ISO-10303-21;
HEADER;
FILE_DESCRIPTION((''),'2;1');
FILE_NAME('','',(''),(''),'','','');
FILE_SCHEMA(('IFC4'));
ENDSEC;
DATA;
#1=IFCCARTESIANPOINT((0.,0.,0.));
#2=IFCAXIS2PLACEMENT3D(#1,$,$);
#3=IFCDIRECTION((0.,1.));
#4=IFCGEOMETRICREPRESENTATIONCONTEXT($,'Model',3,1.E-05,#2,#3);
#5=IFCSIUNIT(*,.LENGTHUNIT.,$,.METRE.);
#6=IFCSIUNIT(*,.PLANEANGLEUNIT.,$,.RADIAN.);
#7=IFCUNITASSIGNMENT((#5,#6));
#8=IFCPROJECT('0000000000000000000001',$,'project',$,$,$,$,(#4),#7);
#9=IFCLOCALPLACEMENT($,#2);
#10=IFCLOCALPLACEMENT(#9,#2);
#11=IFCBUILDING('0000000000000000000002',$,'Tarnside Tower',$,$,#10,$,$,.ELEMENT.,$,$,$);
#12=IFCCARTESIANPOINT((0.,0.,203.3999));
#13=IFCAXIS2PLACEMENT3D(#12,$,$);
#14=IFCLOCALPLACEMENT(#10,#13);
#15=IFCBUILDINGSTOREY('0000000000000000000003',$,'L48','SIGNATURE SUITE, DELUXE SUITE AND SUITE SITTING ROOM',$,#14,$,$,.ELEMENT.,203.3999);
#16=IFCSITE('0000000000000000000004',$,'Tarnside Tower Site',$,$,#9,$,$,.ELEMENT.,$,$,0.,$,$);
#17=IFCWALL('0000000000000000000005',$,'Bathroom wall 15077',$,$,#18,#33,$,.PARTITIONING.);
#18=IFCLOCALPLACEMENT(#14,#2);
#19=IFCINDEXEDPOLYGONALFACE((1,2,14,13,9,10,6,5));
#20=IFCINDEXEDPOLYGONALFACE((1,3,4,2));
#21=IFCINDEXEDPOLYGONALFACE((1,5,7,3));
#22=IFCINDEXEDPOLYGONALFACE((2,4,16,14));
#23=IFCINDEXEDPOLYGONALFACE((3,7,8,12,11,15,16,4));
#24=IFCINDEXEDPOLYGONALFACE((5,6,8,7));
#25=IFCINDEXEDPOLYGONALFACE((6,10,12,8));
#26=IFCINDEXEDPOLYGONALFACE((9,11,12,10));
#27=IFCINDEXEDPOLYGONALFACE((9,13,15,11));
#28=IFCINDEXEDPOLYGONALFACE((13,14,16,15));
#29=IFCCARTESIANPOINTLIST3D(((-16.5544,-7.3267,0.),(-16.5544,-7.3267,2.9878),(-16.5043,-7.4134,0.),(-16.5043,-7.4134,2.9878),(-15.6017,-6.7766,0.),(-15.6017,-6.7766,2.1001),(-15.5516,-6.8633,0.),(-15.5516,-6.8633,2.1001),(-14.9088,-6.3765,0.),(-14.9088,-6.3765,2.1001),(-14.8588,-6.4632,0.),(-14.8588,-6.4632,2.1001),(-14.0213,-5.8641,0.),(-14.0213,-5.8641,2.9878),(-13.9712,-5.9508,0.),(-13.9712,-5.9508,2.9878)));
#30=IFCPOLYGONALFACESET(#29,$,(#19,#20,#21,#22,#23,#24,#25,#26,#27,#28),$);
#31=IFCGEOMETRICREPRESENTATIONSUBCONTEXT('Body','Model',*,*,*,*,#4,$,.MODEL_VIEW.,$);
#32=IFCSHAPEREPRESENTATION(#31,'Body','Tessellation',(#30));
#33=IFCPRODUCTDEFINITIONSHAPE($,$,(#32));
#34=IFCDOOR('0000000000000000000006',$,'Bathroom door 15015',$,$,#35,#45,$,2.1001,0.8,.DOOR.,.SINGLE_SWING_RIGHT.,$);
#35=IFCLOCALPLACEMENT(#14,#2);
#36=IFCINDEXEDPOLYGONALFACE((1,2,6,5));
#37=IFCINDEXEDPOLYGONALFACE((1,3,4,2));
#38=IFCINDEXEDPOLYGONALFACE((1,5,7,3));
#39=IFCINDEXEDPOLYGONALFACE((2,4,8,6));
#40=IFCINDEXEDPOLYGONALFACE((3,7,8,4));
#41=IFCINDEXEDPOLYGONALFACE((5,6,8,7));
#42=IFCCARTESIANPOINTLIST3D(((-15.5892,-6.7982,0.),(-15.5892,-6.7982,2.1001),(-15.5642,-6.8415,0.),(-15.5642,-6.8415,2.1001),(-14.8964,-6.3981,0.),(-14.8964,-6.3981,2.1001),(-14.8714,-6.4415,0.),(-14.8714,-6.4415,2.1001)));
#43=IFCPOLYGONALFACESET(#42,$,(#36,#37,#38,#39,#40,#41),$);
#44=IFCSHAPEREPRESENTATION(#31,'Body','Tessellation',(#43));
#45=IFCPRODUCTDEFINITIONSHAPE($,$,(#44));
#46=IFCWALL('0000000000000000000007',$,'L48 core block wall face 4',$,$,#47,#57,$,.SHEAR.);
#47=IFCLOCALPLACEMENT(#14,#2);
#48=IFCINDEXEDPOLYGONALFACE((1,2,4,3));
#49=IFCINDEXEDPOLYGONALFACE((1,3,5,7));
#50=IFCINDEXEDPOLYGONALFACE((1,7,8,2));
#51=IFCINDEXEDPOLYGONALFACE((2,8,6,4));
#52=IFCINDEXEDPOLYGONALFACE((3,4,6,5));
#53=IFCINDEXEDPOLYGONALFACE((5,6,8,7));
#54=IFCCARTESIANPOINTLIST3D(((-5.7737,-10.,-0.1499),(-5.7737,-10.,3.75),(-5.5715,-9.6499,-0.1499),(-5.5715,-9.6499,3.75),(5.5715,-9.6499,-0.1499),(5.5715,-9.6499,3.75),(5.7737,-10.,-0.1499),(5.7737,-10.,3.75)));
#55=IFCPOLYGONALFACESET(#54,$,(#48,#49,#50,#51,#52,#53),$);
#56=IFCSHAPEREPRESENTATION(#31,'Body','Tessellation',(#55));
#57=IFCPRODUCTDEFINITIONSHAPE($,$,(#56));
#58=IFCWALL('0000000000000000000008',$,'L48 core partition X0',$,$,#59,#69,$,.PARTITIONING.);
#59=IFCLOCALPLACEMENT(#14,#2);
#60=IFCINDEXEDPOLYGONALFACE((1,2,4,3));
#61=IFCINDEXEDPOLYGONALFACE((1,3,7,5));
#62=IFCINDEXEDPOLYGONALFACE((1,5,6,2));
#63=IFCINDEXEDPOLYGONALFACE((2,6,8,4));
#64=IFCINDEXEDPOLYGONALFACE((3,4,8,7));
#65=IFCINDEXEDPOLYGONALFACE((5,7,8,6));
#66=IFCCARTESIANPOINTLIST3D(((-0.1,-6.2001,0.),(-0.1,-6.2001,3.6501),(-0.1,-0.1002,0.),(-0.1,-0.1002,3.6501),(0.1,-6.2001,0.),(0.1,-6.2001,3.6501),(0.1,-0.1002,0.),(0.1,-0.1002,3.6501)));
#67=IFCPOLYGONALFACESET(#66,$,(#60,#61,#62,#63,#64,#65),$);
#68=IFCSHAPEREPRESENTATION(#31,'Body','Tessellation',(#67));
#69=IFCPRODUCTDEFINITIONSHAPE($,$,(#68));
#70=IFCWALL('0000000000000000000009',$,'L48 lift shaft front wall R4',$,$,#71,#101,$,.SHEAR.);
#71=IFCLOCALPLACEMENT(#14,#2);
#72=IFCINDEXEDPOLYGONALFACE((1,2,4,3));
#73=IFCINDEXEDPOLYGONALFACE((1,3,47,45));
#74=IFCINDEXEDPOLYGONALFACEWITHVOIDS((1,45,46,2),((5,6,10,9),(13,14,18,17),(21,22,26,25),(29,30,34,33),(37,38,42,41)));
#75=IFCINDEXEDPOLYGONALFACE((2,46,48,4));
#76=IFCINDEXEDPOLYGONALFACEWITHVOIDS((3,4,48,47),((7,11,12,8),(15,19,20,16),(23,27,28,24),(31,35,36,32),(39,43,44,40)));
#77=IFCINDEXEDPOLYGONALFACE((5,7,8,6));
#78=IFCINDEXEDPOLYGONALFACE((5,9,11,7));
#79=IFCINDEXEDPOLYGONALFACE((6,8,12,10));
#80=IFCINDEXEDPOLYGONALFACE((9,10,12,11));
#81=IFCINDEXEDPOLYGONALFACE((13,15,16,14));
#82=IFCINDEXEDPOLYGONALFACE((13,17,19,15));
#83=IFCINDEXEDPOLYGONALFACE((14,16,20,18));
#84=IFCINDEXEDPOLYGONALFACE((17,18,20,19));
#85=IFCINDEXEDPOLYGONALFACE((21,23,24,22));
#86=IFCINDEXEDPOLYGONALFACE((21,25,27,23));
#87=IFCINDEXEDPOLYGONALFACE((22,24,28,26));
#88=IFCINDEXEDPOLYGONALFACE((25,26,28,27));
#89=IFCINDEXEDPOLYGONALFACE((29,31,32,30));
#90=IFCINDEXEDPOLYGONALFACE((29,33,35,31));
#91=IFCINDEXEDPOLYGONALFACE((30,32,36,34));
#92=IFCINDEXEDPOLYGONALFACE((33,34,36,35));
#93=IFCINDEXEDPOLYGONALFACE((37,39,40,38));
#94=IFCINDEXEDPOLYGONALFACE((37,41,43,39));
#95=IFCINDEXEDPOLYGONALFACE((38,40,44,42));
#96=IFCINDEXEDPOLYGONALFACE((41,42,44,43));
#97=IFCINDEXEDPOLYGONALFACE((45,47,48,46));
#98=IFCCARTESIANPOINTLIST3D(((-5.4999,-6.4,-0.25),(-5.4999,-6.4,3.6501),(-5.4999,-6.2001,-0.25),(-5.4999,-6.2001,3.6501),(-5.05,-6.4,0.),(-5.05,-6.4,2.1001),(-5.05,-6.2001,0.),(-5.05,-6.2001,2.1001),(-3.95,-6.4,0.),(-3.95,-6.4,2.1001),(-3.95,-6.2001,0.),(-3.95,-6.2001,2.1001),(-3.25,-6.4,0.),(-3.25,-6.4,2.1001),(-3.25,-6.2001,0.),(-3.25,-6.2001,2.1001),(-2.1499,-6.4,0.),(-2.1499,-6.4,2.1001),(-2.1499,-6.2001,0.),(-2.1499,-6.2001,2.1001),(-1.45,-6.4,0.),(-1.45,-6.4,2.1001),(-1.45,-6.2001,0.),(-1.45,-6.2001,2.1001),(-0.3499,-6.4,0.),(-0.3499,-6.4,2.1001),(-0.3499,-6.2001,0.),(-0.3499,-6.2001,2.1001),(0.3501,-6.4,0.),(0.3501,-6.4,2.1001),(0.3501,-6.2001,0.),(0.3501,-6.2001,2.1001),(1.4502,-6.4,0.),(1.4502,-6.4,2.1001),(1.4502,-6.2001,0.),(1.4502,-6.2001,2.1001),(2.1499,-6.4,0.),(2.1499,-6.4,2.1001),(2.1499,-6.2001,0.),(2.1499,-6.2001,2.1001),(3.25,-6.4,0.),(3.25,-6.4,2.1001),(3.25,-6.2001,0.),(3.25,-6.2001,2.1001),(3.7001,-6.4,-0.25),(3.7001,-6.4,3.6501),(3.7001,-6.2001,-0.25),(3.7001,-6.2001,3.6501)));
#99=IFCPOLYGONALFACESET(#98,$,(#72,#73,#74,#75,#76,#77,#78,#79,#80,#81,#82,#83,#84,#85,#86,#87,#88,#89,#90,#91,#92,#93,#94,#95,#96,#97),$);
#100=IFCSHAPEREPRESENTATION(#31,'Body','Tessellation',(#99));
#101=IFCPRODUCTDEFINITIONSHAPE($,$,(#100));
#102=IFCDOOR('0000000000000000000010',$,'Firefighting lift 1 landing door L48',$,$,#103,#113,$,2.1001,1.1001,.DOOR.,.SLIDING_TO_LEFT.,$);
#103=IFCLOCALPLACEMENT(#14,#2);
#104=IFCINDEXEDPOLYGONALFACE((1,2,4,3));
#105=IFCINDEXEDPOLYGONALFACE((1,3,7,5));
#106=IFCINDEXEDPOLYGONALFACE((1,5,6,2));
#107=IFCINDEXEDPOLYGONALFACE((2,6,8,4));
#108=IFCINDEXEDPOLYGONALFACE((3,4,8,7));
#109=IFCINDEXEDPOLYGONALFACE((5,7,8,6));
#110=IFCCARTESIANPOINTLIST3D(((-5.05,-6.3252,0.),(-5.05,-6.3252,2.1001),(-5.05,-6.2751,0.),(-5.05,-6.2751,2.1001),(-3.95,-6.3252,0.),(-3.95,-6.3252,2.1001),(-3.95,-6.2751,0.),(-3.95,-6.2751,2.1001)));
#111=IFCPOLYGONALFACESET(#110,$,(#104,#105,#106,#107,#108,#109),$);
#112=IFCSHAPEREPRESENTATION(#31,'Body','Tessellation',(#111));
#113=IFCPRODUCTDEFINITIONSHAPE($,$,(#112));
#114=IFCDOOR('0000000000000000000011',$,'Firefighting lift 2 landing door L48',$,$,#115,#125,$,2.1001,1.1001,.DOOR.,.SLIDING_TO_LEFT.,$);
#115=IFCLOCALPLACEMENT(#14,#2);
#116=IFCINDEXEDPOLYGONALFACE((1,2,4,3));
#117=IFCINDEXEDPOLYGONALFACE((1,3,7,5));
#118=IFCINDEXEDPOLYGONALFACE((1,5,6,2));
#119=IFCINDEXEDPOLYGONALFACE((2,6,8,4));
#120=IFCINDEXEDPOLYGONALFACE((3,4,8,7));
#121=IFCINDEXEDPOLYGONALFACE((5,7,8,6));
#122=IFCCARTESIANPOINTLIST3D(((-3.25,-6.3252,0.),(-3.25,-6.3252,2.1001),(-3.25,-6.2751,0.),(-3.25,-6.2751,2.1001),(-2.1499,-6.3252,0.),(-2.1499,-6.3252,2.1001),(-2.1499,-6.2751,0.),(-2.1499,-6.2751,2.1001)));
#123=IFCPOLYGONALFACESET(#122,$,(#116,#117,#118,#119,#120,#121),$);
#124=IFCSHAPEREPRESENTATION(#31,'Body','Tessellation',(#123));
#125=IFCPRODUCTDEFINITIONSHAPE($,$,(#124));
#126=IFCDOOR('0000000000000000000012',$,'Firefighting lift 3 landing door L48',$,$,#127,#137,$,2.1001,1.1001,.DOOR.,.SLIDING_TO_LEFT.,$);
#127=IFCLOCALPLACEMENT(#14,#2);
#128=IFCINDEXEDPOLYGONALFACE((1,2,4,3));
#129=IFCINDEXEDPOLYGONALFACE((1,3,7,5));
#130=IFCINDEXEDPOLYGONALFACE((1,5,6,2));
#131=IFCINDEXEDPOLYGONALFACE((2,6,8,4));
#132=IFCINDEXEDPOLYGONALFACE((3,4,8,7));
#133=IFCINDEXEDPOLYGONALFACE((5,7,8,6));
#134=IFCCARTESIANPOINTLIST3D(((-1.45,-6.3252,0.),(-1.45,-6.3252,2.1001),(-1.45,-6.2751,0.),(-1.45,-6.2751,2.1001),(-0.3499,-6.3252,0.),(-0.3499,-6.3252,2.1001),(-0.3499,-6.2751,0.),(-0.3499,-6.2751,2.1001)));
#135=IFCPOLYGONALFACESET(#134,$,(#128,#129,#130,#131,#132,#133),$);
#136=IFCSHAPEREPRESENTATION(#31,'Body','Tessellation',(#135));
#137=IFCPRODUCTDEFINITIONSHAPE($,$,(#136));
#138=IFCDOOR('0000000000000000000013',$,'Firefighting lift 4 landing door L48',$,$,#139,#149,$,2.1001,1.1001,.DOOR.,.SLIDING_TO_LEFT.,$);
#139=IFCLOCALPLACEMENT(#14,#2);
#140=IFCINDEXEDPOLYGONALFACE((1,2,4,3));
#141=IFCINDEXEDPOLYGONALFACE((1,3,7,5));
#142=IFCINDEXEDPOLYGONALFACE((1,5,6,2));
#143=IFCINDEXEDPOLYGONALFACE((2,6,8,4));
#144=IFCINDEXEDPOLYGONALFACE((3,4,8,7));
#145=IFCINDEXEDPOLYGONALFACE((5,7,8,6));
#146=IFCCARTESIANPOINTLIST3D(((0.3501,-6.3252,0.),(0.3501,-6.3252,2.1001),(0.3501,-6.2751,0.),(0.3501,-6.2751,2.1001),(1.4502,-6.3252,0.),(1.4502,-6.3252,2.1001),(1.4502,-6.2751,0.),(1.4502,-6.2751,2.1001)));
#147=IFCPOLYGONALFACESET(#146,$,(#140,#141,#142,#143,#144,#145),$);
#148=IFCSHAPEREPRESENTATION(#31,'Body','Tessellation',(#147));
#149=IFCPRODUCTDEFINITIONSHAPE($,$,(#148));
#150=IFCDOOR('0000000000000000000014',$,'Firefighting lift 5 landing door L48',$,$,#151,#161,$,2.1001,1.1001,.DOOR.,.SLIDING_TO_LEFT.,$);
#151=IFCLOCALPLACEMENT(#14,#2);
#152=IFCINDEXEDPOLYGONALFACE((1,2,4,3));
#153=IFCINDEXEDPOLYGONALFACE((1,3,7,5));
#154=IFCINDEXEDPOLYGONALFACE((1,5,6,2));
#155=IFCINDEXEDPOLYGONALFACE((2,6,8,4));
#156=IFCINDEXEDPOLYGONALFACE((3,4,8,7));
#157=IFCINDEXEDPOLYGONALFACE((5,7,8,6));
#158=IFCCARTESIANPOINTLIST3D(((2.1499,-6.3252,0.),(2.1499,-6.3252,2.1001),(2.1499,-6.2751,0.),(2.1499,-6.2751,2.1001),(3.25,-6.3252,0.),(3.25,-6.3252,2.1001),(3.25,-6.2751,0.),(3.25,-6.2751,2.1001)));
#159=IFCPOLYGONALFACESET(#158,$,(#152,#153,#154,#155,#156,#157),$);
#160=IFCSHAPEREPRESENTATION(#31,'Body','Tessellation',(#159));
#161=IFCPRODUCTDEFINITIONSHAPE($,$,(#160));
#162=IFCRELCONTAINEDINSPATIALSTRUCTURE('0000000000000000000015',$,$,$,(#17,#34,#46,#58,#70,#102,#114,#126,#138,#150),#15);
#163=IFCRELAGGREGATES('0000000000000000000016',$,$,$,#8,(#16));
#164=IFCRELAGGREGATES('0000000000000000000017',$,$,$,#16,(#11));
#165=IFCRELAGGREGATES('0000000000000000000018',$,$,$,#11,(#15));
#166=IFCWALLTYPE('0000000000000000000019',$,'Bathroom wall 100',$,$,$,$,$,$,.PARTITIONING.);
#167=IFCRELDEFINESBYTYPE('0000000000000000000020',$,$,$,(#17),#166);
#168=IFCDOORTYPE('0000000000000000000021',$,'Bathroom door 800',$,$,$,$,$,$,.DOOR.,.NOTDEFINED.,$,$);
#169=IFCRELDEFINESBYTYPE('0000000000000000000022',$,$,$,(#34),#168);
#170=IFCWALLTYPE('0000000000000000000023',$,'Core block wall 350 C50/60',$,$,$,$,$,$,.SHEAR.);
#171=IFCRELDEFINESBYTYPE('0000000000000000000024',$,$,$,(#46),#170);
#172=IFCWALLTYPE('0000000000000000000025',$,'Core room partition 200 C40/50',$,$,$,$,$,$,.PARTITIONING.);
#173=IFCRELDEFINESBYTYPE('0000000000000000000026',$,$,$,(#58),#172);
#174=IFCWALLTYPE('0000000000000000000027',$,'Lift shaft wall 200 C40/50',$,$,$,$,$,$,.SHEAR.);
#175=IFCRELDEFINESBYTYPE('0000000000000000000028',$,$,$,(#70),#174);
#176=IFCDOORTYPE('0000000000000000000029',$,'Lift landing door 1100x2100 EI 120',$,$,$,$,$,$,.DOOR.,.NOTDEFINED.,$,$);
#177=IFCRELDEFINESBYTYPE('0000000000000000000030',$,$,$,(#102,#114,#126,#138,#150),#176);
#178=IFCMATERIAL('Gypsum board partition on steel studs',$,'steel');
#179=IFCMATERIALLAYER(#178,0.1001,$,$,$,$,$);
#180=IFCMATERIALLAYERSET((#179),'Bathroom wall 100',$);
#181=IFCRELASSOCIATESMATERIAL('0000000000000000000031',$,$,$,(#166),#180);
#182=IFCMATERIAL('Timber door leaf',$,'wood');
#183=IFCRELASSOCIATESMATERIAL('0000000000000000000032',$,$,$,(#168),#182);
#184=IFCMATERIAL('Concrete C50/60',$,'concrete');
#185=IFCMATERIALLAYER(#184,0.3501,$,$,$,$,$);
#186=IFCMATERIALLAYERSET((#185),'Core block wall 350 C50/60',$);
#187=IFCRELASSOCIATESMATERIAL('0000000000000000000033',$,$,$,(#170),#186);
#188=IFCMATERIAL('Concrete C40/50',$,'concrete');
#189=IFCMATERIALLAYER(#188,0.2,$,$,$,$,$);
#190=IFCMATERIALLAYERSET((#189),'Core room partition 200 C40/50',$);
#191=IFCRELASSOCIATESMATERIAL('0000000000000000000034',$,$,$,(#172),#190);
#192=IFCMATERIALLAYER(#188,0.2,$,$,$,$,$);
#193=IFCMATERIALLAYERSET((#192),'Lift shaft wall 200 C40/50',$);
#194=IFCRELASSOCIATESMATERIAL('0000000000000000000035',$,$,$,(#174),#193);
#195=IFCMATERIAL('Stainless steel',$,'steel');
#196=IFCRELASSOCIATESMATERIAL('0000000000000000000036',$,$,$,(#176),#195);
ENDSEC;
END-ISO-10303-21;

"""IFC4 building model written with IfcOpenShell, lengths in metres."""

from ifc_helpers import new_model, si_unit, direction, frame, frame_2d, origin, place, context, subcontext, project, spatial, polyline, rectangle, outline, extrude, material, layer, layer_set, type_object, element, fill, save


model = new_model("IFC4")

# Units and contexts
model_context = context("Model", 3, precision=1e-05, world=origin(), true_north=direction((0.0, 1.0)))
body_context = subcontext(model_context, "Body", "Model", "MODEL_VIEW")
ifc_project = project(units=[si_unit("LENGTHUNIT", "METRE"), si_unit("PLANEANGLEUNIT", "RADIAN")], contexts=[model_context])

# Site, building, storey
site_placement = place(None, origin())
site = spatial("IfcSite", under=ifc_project, at=site_placement, Name="Tarnside Tower Site", CompositionType="ELEMENT", RefElevation=0.0)
building_placement = place(site_placement, origin())
building = spatial("IfcBuilding", under=site, at=building_placement, Name="Tarnside Tower", CompositionType="ELEMENT")
storey_placement = place(building_placement, frame((0.0, 0.0, 203.3999)))
storey = spatial("IfcBuildingStorey", under=building, at=storey_placement, Name="L48", Description="SIGNATURE SUITE, DELUXE SUITE AND SUITE SITTING ROOM", CompositionType="ELEMENT", Elevation=203.3999)

# Wall, opening, door
ifc_material_1 = material(Name="Gypsum board partition on steel studs", Category="steel")
ifc_layer_1 = layer(ifc_material_1, 0.1001)
ifc_layer_set_1 = layer_set([ifc_layer_1], Name="Bathroom wall 100")
wall_type_1 = type_object("IfcWallType", Name="Bathroom wall 100", PredefinedType="PARTITIONING", material=ifc_layer_set_1)
wall_1_placement = place(storey_placement, frame((-13.9963, -5.9075, 0.0), z_axis=(0.0, 0.0, 1.0), x_axis=(-0.86601, -0.500026, 0.0)))
wall_1 = element("IfcWall", 1, at=wall_1_placement, inside=storey, type_object=wall_type_1, Name="Bathroom wall 15077", PredefinedType="PARTITIONING", context=body_context, shape_type="SweptSolid", body=[
    extrude(rectangle(XDim=2.925, YDim=0.1001, at=frame_2d((1.4624, 0.0))), origin(), (0.0, 0.0, 1.0), 2.9878),
])
opening_1_placement = place(wall_1_placement, frame((1.0249, 0.0, 0.0)))
opening_1 = element("IfcOpeningElement", 2, at=opening_1_placement, cuts=wall_1, PredefinedType="OPENING", context=body_context, shape_type="SweptSolid", body=[
    extrude(rectangle(XDim=0.8, YDim=2.1001, at=frame_2d((0.3999, 1.05))), frame((0.0, 0.0601, 0.0), z_axis=(0.0, -1.0, 0.0), x_axis=(1.0, 0.0, 0.0)), (0.0, 0.0, 1.0), 0.1201),
])
ifc_material_2 = material(Name="Timber door leaf", Category="wood")
door_type_1 = type_object("IfcDoorType", Name="Bathroom door 800", OperationType="NOTDEFINED", PredefinedType="DOOR", material=ifc_material_2)
door_1_placement = place(opening_1_placement, origin())
door_1 = element("IfcDoor", 3, at=door_1_placement, inside=storey, type_object=door_type_1, Name="Bathroom door 15015", OperationType="SINGLE_SWING_RIGHT", OverallHeight=2.1001, OverallWidth=0.8, PredefinedType="DOOR", context=body_context, shape_type="SweptSolid", body=[
    extrude(rectangle(XDim=0.8, YDim=2.1001, at=frame_2d((0.3999, 1.05))), frame((0.0, 0.0249, 0.0), z_axis=(0.0, -1.0, 0.0), x_axis=(1.0, 0.0, 0.0)), (0.0, 0.0, 1.0), 0.05),
])
fill(opening_1, door_1)

# Walls
ifc_material_3 = material(Name="Concrete C50/60", Category="concrete")
ifc_layer_2 = layer(ifc_material_3, 0.3501)
ifc_layer_set_2 = layer_set([ifc_layer_2], Name="Core block wall 350 C50/60")
wall_type_2 = type_object("IfcWallType", Name="Core block wall 350 C50/60", PredefinedType="SHEAR", material=ifc_layer_set_2)
wall_2_placement = place(storey_placement, frame((-5.6726, -9.825, -0.1499), z_axis=(0.0, 0.0, 1.0), x_axis=(1.0, 0.0, 0.0)))
element("IfcWall", 4, at=wall_2_placement, inside=storey, type_object=wall_type_2, Name="L48 core block wall face 4", PredefinedType="SHEAR", context=body_context, shape_type="SweptSolid", body=[
    extrude(outline(polyline([(-0.1011, -0.175), (11.4463, -0.175), (11.2441, 0.175), (0.1011, 0.175), (-0.1011, -0.175)])), origin(), (0.0, 0.0, 1.0), 3.8999),
])
ifc_material_4 = material(Name="Concrete C40/50", Category="concrete")
ifc_layer_3 = layer(ifc_material_4, 0.2)
ifc_layer_set_3 = layer_set([ifc_layer_3], Name="Core room partition 200 C40/50")
wall_type_3 = type_object("IfcWallType", Name="Core room partition 200 C40/50", PredefinedType="PARTITIONING", material=ifc_layer_set_3)
wall_3_placement = place(storey_placement, frame((0.0, -6.2, 0.0), z_axis=(0.0, 0.0, 1.0), x_axis=(0.0, 1.0, 0.0)))
element("IfcWall", 5, at=wall_3_placement, inside=storey, type_object=wall_type_3, Name="L48 core partition X0", PredefinedType="PARTITIONING", context=body_context, shape_type="SweptSolid", body=[
    extrude(rectangle(XDim=6.0999, YDim=0.2, at=frame_2d((3.0498, 0.0))), origin(), (0.0, 0.0, 1.0), 3.6501),
])

# Wall, openings, doors
ifc_layer_4 = layer(ifc_material_4, 0.2)
ifc_layer_set_4 = layer_set([ifc_layer_4], Name="Lift shaft wall 200 C40/50")
wall_type_4 = type_object("IfcWallType", Name="Lift shaft wall 200 C40/50", PredefinedType="SHEAR", material=ifc_layer_set_4)
wall_4_placement = place(storey_placement, frame((-5.5, -6.3, -0.25), z_axis=(0.0, 0.0, 1.0), x_axis=(1.0, 0.0, 0.0)))
wall_4 = element("IfcWall", 6, at=wall_4_placement, inside=storey, type_object=wall_type_4, Name="L48 lift shaft front wall R4", PredefinedType="SHEAR", context=body_context, shape_type="SweptSolid", body=[
    extrude(rectangle(XDim=9.2, YDim=0.2, at=frame_2d((4.6001, 0.0))), origin(), (0.0, 0.0, 1.0), 3.9001),
])
opening_2_placement = place(wall_4_placement, frame((0.45, 0.0, 0.25)))
opening_2 = element("IfcOpeningElement", 7, at=opening_2_placement, cuts=wall_4, PredefinedType="OPENING", context=body_context, shape_type="SweptSolid", body=[
    extrude(rectangle(XDim=1.1001, YDim=2.1001, at=frame_2d((0.55, 1.05))), frame((0.0, 0.1099, 0.0), z_axis=(0.0, -1.0, 0.0), x_axis=(1.0, 0.0, 0.0)), (0.0, 0.0, 1.0), 0.22),
])
opening_3_placement = place(wall_4_placement, frame((2.25, 0.0, 0.25)))
opening_3 = element("IfcOpeningElement", 8, at=opening_3_placement, cuts=wall_4, PredefinedType="OPENING", context=body_context, shape_type="SweptSolid", body=[
    extrude(rectangle(XDim=1.1001, YDim=2.1001, at=frame_2d((0.55, 1.05))), frame((0.0, 0.1099, 0.0), z_axis=(0.0, -1.0, 0.0), x_axis=(1.0, 0.0, 0.0)), (0.0, 0.0, 1.0), 0.22),
])
opening_4_placement = place(wall_4_placement, frame((4.05, 0.0, 0.25)))
opening_4 = element("IfcOpeningElement", 9, at=opening_4_placement, cuts=wall_4, PredefinedType="OPENING", context=body_context, shape_type="SweptSolid", body=[
    extrude(rectangle(XDim=1.1001, YDim=2.1001, at=frame_2d((0.55, 1.05))), frame((0.0, 0.1099, 0.0), z_axis=(0.0, -1.0, 0.0), x_axis=(1.0, 0.0, 0.0)), (0.0, 0.0, 1.0), 0.22),
])
opening_5_placement = place(wall_4_placement, frame((5.8501, 0.0, 0.25)))
opening_5 = element("IfcOpeningElement", 10, at=opening_5_placement, cuts=wall_4, PredefinedType="OPENING", context=body_context, shape_type="SweptSolid", body=[
    extrude(rectangle(XDim=1.1001, YDim=2.1001, at=frame_2d((0.55, 1.05))), frame((0.0, 0.1099, 0.0), z_axis=(0.0, -1.0, 0.0), x_axis=(1.0, 0.0, 0.0)), (0.0, 0.0, 1.0), 0.22),
])
opening_6_placement = place(wall_4_placement, frame((7.6499, 0.0, 0.25)))
opening_6 = element("IfcOpeningElement", 11, at=opening_6_placement, cuts=wall_4, PredefinedType="OPENING", context=body_context, shape_type="SweptSolid", body=[
    extrude(rectangle(XDim=1.1001, YDim=2.1001, at=frame_2d((0.55, 1.05))), frame((0.0, 0.1099, 0.0), z_axis=(0.0, -1.0, 0.0), x_axis=(1.0, 0.0, 0.0)), (0.0, 0.0, 1.0), 0.22),
])
ifc_material_5 = material(Name="Stainless steel", Category="steel")
door_type_2 = type_object("IfcDoorType", Name="Lift landing door 1100x2100 EI 120", OperationType="NOTDEFINED", PredefinedType="DOOR", material=ifc_material_5)
door_2_placement = place(opening_2_placement, origin())
door_2 = element("IfcDoor", 12, at=door_2_placement, inside=storey, type_object=door_type_2, Name="Firefighting lift 1 landing door L48", OperationType="SLIDING_TO_LEFT", OverallHeight=2.1001, OverallWidth=1.1001, PredefinedType="DOOR", context=body_context, shape_type="SweptSolid", body=[
    extrude(rectangle(XDim=1.1001, YDim=2.1001, at=frame_2d((0.55, 1.05))), frame((0.0, 0.0249, 0.0), z_axis=(0.0, -1.0, 0.0), x_axis=(1.0, 0.0, 0.0)), (0.0, 0.0, 1.0), 0.05),
])
fill(opening_2, door_2)
door_3_placement = place(opening_3_placement, origin())
door_3 = element("IfcDoor", 13, at=door_3_placement, inside=storey, type_object=door_type_2, Name="Firefighting lift 2 landing door L48", OperationType="SLIDING_TO_LEFT", OverallHeight=2.1001, OverallWidth=1.1001, PredefinedType="DOOR", context=body_context, shape_type="SweptSolid", body=[
    extrude(rectangle(XDim=1.1001, YDim=2.1001, at=frame_2d((0.55, 1.05))), frame((0.0, 0.0249, 0.0), z_axis=(0.0, -1.0, 0.0), x_axis=(1.0, 0.0, 0.0)), (0.0, 0.0, 1.0), 0.05),
])
fill(opening_3, door_3)
door_4_placement = place(opening_4_placement, origin())
door_4 = element("IfcDoor", 14, at=door_4_placement, inside=storey, type_object=door_type_2, Name="Firefighting lift 3 landing door L48", OperationType="SLIDING_TO_LEFT", OverallHeight=2.1001, OverallWidth=1.1001, PredefinedType="DOOR", context=body_context, shape_type="SweptSolid", body=[
    extrude(rectangle(XDim=1.1001, YDim=2.1001, at=frame_2d((0.55, 1.05))), frame((0.0, 0.0249, 0.0), z_axis=(0.0, -1.0, 0.0), x_axis=(1.0, 0.0, 0.0)), (0.0, 0.0, 1.0), 0.05),
])
fill(opening_4, door_4)
door_5_placement = place(opening_5_placement, origin())
door_5 = element("IfcDoor", 15, at=door_5_placement, inside=storey, type_object=door_type_2, Name="Firefighting lift 4 landing door L48", OperationType="SLIDING_TO_LEFT", OverallHeight=2.1001, OverallWidth=1.1001, PredefinedType="DOOR", context=body_context, shape_type="SweptSolid", body=[
    extrude(rectangle(XDim=1.1001, YDim=2.1001, at=frame_2d((0.55, 1.05))), frame((0.0, 0.0249, 0.0), z_axis=(0.0, -1.0, 0.0), x_axis=(1.0, 0.0, 0.0)), (0.0, 0.0, 1.0), 0.05),
])
fill(opening_5, door_5)
door_6_placement = place(opening_6_placement, origin())
door_6 = element("IfcDoor", 16, at=door_6_placement, inside=storey, type_object=door_type_2, Name="Firefighting lift 5 landing door L48", OperationType="SLIDING_TO_LEFT", OverallHeight=2.1001, OverallWidth=1.1001, PredefinedType="DOOR", context=body_context, shape_type="SweptSolid", body=[
    extrude(rectangle(XDim=1.1001, YDim=2.1001, at=frame_2d((0.55, 1.05))), frame((0.0, 0.0249, 0.0), z_axis=(0.0, -1.0, 0.0), x_axis=(1.0, 0.0, 0.0)), (0.0, 0.0, 1.0), 0.05),
])
fill(opening_6, door_6)

save(model, "model.ifc")
